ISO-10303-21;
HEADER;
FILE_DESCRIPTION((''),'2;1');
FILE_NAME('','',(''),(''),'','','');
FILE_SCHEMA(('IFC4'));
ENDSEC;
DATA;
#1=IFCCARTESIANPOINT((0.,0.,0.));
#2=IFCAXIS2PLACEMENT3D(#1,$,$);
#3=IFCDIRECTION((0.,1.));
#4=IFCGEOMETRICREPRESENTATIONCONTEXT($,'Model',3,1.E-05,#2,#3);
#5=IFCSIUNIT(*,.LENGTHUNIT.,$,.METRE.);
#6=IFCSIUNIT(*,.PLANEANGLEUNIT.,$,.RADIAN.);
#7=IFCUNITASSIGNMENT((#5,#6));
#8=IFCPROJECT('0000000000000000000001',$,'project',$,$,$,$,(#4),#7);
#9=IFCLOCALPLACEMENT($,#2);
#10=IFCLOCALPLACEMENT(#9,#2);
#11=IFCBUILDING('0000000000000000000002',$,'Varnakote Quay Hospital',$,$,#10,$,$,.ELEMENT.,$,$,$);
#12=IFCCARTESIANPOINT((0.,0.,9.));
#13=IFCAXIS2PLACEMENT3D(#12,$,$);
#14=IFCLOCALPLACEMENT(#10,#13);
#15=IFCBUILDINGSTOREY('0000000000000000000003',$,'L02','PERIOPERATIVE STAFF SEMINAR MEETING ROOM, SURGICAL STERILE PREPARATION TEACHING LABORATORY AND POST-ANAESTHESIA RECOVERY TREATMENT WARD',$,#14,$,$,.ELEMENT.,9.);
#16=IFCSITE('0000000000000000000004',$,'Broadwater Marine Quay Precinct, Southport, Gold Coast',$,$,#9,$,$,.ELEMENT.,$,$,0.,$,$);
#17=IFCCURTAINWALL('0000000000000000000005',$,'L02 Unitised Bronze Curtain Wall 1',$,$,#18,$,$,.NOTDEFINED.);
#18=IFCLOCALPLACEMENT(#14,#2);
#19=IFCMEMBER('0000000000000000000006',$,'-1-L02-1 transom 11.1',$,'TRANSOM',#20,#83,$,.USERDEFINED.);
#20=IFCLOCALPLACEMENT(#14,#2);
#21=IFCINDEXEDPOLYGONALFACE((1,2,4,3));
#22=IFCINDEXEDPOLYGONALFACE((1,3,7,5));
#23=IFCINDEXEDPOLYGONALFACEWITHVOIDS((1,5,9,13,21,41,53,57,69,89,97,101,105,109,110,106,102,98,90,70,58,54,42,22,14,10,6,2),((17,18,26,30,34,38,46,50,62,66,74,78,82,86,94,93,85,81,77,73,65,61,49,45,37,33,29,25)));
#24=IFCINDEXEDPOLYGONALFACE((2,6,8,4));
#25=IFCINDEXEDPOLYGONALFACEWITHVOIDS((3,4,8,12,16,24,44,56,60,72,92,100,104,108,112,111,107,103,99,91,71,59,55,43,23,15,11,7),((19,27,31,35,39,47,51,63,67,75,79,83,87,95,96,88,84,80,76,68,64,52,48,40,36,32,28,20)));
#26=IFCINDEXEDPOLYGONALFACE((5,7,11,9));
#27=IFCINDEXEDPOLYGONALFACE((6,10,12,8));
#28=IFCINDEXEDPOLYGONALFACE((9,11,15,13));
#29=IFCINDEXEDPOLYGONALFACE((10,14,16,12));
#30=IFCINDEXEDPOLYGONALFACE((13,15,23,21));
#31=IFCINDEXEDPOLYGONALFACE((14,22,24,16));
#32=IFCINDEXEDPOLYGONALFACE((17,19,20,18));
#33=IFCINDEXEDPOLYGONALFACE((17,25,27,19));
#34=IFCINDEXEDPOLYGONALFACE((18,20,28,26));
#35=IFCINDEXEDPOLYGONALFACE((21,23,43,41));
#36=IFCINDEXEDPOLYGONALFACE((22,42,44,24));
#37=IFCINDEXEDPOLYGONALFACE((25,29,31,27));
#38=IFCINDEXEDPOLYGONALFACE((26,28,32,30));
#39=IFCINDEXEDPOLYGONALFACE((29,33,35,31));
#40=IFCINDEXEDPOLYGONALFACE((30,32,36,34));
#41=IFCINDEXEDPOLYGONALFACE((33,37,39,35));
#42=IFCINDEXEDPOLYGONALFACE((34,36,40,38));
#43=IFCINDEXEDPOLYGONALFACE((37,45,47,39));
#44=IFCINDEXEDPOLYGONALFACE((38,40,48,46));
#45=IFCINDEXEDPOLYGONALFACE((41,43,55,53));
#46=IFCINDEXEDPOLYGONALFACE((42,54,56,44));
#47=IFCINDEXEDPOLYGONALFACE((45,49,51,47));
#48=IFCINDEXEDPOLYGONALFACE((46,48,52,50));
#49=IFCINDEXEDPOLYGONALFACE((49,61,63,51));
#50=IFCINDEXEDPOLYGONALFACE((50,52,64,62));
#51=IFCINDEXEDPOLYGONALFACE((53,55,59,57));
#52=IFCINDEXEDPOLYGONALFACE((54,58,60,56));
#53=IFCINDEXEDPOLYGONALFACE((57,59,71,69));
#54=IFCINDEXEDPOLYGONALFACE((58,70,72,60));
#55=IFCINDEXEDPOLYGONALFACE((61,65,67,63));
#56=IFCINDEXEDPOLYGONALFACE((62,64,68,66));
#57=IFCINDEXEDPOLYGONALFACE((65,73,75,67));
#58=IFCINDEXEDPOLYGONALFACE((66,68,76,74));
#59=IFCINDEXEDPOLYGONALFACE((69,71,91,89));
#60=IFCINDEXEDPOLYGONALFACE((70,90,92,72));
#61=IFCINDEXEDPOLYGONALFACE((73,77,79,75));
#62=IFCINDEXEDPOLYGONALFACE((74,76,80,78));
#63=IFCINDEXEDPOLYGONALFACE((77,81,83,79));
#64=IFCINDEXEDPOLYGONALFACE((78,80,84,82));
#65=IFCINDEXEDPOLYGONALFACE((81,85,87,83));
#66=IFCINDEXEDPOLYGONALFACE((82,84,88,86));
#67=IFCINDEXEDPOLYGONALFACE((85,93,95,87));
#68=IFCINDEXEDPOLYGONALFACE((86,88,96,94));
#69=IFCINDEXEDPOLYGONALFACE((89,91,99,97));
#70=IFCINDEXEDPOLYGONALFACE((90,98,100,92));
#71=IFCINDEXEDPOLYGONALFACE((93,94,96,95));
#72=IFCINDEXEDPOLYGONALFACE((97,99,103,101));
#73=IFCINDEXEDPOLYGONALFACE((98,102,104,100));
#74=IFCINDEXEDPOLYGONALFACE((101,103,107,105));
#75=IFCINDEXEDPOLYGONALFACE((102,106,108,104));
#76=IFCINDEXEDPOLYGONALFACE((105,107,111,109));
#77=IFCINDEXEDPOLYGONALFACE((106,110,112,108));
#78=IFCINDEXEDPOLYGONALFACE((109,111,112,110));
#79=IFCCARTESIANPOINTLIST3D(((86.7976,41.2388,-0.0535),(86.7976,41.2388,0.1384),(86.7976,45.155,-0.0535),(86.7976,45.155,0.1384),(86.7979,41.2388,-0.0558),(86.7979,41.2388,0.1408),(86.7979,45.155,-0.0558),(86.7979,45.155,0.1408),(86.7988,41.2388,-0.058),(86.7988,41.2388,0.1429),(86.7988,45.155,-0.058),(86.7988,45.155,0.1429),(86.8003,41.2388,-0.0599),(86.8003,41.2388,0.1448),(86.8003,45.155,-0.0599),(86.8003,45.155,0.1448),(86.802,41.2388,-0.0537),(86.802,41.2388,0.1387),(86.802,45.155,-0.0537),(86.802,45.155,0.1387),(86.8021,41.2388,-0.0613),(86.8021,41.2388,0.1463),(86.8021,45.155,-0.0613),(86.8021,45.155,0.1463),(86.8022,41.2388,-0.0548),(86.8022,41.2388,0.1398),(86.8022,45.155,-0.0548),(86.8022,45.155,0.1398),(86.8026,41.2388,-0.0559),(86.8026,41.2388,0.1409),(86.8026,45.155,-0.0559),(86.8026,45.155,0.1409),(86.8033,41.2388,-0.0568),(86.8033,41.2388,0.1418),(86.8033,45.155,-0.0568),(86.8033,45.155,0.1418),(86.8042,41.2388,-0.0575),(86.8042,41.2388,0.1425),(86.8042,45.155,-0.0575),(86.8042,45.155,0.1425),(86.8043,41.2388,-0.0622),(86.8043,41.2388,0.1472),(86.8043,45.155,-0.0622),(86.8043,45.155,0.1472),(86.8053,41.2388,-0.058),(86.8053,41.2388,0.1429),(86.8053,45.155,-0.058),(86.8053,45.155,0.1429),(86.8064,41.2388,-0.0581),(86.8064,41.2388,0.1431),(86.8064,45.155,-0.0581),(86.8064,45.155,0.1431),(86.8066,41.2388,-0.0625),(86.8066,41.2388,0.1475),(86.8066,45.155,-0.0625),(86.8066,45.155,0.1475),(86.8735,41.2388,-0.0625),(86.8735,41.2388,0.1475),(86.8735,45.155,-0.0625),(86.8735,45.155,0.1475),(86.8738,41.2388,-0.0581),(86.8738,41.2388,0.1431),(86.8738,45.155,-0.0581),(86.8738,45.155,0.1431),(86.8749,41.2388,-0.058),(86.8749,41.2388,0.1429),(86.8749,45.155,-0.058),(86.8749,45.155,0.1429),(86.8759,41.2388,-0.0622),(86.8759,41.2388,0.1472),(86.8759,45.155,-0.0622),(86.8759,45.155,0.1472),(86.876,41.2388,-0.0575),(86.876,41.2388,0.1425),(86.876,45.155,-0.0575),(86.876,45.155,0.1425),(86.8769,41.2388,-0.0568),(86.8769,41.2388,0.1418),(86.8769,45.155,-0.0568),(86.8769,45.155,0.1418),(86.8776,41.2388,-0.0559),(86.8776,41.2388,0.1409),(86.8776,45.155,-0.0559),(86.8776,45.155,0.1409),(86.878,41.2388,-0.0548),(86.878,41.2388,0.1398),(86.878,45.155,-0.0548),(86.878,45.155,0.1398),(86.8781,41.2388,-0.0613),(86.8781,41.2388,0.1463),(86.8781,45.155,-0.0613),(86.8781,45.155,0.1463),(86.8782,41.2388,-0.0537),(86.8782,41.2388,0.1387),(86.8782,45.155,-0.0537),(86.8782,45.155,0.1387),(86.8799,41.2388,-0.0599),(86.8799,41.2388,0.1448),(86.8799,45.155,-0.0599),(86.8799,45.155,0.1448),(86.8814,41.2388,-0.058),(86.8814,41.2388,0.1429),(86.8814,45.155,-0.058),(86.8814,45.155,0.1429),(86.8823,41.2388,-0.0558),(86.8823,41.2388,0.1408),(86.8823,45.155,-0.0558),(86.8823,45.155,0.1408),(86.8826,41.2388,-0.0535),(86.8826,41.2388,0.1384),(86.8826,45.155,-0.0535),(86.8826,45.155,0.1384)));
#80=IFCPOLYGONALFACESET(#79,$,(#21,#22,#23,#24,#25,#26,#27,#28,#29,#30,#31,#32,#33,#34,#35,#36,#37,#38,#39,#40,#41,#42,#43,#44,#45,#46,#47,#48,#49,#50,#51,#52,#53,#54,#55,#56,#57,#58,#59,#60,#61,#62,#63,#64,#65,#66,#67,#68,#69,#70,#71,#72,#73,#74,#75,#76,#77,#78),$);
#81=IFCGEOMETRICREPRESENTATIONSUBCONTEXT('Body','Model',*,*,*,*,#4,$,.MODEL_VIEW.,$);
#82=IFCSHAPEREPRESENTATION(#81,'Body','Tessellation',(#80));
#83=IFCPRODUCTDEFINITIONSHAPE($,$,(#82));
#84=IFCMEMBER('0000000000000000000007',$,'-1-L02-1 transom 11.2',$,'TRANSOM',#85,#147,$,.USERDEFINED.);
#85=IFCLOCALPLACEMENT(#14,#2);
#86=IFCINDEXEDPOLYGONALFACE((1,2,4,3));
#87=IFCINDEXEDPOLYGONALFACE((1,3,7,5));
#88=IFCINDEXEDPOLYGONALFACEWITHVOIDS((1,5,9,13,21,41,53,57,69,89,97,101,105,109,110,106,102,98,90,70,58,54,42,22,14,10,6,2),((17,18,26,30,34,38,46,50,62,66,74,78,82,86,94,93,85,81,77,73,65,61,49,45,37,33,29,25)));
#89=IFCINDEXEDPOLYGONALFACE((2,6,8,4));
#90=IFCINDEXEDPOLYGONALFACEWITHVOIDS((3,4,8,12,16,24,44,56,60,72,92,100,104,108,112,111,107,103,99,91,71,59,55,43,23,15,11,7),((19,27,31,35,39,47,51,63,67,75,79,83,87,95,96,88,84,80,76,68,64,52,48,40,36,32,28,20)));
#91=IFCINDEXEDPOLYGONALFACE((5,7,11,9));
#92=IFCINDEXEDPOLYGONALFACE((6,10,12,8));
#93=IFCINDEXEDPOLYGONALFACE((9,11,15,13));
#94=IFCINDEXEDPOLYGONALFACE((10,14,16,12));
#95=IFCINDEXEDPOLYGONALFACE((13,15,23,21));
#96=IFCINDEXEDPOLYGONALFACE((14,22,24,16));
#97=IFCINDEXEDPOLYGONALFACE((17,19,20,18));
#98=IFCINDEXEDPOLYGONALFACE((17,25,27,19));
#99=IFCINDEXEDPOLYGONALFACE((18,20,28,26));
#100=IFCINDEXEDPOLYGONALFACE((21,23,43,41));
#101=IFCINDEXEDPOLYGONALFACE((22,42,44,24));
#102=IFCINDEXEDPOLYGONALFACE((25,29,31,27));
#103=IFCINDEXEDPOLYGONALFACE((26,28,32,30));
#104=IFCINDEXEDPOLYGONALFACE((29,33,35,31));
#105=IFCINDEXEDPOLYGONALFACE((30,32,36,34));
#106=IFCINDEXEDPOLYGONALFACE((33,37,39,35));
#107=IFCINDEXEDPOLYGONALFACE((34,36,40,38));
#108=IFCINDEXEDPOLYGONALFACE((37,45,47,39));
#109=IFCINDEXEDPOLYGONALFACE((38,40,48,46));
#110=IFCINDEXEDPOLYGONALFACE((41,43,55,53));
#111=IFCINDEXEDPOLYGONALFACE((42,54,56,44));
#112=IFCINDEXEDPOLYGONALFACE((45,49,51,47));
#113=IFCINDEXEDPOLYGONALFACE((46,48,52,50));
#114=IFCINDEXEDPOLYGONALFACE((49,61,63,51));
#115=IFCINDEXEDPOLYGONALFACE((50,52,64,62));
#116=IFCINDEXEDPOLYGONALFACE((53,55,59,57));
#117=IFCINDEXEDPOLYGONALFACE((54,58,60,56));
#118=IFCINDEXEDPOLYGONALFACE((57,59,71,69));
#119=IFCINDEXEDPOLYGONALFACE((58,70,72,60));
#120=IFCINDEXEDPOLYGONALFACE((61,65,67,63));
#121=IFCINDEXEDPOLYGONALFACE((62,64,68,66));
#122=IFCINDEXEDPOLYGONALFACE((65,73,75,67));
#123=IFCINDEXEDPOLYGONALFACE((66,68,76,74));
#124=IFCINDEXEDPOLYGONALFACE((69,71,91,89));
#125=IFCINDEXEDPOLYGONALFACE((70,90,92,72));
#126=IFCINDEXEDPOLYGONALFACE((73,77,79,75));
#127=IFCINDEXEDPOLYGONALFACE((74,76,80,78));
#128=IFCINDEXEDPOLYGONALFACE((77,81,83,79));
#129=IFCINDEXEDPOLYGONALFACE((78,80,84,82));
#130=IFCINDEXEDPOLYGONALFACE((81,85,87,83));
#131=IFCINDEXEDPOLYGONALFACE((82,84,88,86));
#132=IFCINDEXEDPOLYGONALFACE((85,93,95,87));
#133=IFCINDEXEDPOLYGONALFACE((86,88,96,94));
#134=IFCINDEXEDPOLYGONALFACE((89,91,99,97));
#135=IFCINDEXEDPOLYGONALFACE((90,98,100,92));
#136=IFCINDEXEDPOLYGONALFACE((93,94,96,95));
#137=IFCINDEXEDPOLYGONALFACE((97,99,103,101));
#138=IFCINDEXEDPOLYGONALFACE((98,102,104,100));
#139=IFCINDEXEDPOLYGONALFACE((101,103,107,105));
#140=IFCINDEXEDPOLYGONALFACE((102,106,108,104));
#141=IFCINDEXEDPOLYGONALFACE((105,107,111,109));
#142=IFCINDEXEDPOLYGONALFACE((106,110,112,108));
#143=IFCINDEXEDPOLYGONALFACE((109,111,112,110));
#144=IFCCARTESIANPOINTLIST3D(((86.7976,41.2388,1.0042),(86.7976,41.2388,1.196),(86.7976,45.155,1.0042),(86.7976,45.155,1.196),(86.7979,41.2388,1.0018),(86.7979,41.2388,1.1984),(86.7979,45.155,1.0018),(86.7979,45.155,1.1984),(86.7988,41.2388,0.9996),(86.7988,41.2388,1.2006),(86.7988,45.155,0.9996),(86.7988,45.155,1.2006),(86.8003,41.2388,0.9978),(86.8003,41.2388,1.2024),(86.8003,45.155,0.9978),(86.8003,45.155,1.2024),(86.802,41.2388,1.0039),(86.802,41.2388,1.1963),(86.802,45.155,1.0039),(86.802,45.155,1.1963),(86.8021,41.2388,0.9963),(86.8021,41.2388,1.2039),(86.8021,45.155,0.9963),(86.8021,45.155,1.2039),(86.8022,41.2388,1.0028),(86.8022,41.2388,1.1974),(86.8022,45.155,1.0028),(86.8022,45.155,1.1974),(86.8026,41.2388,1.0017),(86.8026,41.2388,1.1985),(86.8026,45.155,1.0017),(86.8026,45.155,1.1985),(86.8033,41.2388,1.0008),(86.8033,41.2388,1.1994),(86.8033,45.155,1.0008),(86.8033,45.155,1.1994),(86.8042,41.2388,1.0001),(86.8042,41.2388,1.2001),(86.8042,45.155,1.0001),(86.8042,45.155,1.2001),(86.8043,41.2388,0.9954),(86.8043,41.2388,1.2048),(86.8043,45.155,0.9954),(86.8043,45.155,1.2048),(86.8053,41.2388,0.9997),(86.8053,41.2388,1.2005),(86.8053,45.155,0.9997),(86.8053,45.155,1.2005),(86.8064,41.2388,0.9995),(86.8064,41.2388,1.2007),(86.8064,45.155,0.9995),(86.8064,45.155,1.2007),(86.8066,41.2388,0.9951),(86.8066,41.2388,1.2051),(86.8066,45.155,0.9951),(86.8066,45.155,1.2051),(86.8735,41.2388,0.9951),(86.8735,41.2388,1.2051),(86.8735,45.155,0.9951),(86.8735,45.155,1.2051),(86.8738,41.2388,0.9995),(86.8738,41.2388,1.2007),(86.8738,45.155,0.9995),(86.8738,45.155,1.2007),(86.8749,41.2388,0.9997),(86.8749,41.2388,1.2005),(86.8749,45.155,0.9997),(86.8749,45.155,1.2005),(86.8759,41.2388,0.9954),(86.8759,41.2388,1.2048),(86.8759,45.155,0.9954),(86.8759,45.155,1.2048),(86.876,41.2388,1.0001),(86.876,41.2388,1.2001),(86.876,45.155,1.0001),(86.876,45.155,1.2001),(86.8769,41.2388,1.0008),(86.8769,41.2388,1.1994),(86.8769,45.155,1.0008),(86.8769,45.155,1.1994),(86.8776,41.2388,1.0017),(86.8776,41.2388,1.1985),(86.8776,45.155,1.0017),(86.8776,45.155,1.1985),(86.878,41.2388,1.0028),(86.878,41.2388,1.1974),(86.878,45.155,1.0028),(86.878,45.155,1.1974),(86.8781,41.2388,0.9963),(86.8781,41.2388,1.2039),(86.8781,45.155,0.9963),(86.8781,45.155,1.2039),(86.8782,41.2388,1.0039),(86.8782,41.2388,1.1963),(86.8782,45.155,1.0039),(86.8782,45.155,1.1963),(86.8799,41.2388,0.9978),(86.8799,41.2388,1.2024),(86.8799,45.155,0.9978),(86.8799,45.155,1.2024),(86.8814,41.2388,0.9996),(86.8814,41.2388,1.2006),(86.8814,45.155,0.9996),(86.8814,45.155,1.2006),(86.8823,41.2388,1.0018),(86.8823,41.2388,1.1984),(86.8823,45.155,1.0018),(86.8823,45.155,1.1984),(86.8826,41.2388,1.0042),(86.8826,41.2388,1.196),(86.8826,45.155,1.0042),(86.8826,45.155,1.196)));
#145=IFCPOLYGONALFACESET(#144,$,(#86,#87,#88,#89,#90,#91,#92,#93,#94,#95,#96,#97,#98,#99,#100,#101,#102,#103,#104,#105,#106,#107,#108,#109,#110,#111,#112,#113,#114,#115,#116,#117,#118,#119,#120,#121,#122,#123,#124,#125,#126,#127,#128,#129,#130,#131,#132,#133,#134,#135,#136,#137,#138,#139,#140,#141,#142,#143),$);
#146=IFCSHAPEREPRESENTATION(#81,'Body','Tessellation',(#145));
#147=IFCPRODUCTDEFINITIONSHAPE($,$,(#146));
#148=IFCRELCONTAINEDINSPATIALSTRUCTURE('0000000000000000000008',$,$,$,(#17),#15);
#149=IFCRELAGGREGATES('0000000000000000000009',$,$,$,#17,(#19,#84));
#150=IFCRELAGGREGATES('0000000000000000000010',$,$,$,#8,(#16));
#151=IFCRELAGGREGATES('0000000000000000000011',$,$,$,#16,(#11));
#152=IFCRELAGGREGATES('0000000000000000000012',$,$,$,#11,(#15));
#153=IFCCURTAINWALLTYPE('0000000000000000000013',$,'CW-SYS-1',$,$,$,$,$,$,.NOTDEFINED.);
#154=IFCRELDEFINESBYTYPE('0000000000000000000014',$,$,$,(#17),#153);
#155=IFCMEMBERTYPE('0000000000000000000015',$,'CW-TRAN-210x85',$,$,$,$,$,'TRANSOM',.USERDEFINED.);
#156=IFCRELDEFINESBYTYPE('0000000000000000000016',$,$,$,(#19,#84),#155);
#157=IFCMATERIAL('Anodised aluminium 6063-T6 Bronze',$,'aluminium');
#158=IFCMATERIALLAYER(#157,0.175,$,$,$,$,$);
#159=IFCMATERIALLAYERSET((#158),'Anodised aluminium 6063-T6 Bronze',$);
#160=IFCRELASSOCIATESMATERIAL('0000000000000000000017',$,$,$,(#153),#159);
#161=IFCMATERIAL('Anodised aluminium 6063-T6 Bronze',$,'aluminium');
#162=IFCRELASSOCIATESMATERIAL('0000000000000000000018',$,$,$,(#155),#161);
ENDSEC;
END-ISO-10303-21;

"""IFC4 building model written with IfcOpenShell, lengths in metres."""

from ifc_helpers import new_model, si_unit, direction, frame, origin, origin_2d, place, context, subcontext, project, spatial, hollow_rectangle, extrude, material, layer, layer_set, material_profile, profile_set, type_object, element, aggregate, save


model = new_model("IFC4")

# Units and contexts
model_context = context("Model", 3, precision=1e-05, world=origin(), true_north=direction((0.0, 1.0)))
body_context = subcontext(model_context, "Body", "Model", "MODEL_VIEW")
ifc_project = project(units=[si_unit("LENGTHUNIT", "METRE"), si_unit("PLANEANGLEUNIT", "RADIAN")], contexts=[model_context])

# Site, building, storey
site_placement = place(None, origin())
site = spatial("IfcSite", under=ifc_project, at=site_placement, Name="Broadwater Marine Quay Precinct, Southport, Gold Coast", CompositionType="ELEMENT", RefElevation=0.0)
building_placement = place(site_placement, origin())
building = spatial("IfcBuilding", under=site, at=building_placement, Name="Varnakote Quay Hospital", CompositionType="ELEMENT")
storey_placement = place(building_placement, frame((0.0, 0.0, 9.0)))
storey = spatial("IfcBuildingStorey", under=building, at=storey_placement, Name="L02", Description="PERIOPERATIVE STAFF SEMINAR MEETING ROOM, SURGICAL STERILE PREPARATION TEACHING LABORATORY AND POST-ANAESTHESIA RECOVERY TREATMENT WARD", CompositionType="ELEMENT", Elevation=9.0)

# Curtain wall, members
ifc_material_1 = material(Name="Anodised aluminium 6063-T6 Bronze", Category="aluminium")
ifc_layer_1 = layer(ifc_material_1, 0.175)
ifc_layer_set_1 = layer_set([ifc_layer_1], Name="Anodised aluminium 6063-T6 Bronze")
curtain_wall_type = type_object("IfcCurtainWallType", Name="CW-SYS-1", PredefinedType="NOTDEFINED", material=ifc_layer_set_1)
curtain_wall_placement = place(storey_placement, origin())
curtain_wall = element("IfcCurtainWall", 1, at=curtain_wall_placement, inside=storey, type_object=curtain_wall_type, Name="L02 Unitised Bronze Curtain Wall 1", PredefinedType="NOTDEFINED")
ifc_material_2 = material(Name="Anodised aluminium 6063-T6 Bronze", Category="aluminium")
ifc_material_profile_1 = material_profile(ifc_material_2, hollow_rectangle(XDim=0.085, YDim=0.21, WallThickness=0.0044, InnerFilletRadius=0.0044, OuterFilletRadius=0.009, at=origin_2d()), Name="CW-TRAN-210x85")
ifc_profile_set_1 = profile_set([ifc_material_profile_1], Name="Anodised aluminium 6063-T6 Bronze")
member_type_1 = type_object("IfcMemberType", Name="CW-TRAN-210x85", ElementType="TRANSOM", PredefinedType="USERDEFINED", material=ifc_profile_set_1)
member_1_placement = place(storey_placement, frame((86.8401, 41.2388, 0.0425), z_axis=(0.0, 1.0, 0.0), x_axis=(-1.0, 0.0, 0.0)))
member_1 = element("IfcMember", 2, at=member_1_placement, type_object=member_type_1, Name="-1-L02-1 transom 11.1", ObjectType="TRANSOM", PredefinedType="USERDEFINED", context=body_context, shape_type="SweptSolid", body=[
    extrude(hollow_rectangle(XDim=0.085, YDim=0.21, WallThickness=0.0044, InnerFilletRadius=0.0044, OuterFilletRadius=0.009, at=origin_2d()), origin(), (0.0, 0.0, 1.0), 3.9163),
])
member_2_placement = place(storey_placement, frame((86.8401, 41.2388, 1.1001), z_axis=(0.0, 1.0, 0.0), x_axis=(-1.0, 0.0, 0.0)))
member_2 = element("IfcMember", 3, at=member_2_placement, type_object=member_type_1, Name="-1-L02-1 transom 11.2", ObjectType="TRANSOM", PredefinedType="USERDEFINED", context=body_context, shape_type="SweptSolid", body=[
    extrude(hollow_rectangle(XDim=0.085, YDim=0.21, WallThickness=0.0044, InnerFilletRadius=0.0044, OuterFilletRadius=0.009, at=origin_2d()), origin(), (0.0, 0.0, 1.0), 3.9163),
])

aggregate(curtain_wall, [member_1, member_2])

save(model, "model.ifc")
